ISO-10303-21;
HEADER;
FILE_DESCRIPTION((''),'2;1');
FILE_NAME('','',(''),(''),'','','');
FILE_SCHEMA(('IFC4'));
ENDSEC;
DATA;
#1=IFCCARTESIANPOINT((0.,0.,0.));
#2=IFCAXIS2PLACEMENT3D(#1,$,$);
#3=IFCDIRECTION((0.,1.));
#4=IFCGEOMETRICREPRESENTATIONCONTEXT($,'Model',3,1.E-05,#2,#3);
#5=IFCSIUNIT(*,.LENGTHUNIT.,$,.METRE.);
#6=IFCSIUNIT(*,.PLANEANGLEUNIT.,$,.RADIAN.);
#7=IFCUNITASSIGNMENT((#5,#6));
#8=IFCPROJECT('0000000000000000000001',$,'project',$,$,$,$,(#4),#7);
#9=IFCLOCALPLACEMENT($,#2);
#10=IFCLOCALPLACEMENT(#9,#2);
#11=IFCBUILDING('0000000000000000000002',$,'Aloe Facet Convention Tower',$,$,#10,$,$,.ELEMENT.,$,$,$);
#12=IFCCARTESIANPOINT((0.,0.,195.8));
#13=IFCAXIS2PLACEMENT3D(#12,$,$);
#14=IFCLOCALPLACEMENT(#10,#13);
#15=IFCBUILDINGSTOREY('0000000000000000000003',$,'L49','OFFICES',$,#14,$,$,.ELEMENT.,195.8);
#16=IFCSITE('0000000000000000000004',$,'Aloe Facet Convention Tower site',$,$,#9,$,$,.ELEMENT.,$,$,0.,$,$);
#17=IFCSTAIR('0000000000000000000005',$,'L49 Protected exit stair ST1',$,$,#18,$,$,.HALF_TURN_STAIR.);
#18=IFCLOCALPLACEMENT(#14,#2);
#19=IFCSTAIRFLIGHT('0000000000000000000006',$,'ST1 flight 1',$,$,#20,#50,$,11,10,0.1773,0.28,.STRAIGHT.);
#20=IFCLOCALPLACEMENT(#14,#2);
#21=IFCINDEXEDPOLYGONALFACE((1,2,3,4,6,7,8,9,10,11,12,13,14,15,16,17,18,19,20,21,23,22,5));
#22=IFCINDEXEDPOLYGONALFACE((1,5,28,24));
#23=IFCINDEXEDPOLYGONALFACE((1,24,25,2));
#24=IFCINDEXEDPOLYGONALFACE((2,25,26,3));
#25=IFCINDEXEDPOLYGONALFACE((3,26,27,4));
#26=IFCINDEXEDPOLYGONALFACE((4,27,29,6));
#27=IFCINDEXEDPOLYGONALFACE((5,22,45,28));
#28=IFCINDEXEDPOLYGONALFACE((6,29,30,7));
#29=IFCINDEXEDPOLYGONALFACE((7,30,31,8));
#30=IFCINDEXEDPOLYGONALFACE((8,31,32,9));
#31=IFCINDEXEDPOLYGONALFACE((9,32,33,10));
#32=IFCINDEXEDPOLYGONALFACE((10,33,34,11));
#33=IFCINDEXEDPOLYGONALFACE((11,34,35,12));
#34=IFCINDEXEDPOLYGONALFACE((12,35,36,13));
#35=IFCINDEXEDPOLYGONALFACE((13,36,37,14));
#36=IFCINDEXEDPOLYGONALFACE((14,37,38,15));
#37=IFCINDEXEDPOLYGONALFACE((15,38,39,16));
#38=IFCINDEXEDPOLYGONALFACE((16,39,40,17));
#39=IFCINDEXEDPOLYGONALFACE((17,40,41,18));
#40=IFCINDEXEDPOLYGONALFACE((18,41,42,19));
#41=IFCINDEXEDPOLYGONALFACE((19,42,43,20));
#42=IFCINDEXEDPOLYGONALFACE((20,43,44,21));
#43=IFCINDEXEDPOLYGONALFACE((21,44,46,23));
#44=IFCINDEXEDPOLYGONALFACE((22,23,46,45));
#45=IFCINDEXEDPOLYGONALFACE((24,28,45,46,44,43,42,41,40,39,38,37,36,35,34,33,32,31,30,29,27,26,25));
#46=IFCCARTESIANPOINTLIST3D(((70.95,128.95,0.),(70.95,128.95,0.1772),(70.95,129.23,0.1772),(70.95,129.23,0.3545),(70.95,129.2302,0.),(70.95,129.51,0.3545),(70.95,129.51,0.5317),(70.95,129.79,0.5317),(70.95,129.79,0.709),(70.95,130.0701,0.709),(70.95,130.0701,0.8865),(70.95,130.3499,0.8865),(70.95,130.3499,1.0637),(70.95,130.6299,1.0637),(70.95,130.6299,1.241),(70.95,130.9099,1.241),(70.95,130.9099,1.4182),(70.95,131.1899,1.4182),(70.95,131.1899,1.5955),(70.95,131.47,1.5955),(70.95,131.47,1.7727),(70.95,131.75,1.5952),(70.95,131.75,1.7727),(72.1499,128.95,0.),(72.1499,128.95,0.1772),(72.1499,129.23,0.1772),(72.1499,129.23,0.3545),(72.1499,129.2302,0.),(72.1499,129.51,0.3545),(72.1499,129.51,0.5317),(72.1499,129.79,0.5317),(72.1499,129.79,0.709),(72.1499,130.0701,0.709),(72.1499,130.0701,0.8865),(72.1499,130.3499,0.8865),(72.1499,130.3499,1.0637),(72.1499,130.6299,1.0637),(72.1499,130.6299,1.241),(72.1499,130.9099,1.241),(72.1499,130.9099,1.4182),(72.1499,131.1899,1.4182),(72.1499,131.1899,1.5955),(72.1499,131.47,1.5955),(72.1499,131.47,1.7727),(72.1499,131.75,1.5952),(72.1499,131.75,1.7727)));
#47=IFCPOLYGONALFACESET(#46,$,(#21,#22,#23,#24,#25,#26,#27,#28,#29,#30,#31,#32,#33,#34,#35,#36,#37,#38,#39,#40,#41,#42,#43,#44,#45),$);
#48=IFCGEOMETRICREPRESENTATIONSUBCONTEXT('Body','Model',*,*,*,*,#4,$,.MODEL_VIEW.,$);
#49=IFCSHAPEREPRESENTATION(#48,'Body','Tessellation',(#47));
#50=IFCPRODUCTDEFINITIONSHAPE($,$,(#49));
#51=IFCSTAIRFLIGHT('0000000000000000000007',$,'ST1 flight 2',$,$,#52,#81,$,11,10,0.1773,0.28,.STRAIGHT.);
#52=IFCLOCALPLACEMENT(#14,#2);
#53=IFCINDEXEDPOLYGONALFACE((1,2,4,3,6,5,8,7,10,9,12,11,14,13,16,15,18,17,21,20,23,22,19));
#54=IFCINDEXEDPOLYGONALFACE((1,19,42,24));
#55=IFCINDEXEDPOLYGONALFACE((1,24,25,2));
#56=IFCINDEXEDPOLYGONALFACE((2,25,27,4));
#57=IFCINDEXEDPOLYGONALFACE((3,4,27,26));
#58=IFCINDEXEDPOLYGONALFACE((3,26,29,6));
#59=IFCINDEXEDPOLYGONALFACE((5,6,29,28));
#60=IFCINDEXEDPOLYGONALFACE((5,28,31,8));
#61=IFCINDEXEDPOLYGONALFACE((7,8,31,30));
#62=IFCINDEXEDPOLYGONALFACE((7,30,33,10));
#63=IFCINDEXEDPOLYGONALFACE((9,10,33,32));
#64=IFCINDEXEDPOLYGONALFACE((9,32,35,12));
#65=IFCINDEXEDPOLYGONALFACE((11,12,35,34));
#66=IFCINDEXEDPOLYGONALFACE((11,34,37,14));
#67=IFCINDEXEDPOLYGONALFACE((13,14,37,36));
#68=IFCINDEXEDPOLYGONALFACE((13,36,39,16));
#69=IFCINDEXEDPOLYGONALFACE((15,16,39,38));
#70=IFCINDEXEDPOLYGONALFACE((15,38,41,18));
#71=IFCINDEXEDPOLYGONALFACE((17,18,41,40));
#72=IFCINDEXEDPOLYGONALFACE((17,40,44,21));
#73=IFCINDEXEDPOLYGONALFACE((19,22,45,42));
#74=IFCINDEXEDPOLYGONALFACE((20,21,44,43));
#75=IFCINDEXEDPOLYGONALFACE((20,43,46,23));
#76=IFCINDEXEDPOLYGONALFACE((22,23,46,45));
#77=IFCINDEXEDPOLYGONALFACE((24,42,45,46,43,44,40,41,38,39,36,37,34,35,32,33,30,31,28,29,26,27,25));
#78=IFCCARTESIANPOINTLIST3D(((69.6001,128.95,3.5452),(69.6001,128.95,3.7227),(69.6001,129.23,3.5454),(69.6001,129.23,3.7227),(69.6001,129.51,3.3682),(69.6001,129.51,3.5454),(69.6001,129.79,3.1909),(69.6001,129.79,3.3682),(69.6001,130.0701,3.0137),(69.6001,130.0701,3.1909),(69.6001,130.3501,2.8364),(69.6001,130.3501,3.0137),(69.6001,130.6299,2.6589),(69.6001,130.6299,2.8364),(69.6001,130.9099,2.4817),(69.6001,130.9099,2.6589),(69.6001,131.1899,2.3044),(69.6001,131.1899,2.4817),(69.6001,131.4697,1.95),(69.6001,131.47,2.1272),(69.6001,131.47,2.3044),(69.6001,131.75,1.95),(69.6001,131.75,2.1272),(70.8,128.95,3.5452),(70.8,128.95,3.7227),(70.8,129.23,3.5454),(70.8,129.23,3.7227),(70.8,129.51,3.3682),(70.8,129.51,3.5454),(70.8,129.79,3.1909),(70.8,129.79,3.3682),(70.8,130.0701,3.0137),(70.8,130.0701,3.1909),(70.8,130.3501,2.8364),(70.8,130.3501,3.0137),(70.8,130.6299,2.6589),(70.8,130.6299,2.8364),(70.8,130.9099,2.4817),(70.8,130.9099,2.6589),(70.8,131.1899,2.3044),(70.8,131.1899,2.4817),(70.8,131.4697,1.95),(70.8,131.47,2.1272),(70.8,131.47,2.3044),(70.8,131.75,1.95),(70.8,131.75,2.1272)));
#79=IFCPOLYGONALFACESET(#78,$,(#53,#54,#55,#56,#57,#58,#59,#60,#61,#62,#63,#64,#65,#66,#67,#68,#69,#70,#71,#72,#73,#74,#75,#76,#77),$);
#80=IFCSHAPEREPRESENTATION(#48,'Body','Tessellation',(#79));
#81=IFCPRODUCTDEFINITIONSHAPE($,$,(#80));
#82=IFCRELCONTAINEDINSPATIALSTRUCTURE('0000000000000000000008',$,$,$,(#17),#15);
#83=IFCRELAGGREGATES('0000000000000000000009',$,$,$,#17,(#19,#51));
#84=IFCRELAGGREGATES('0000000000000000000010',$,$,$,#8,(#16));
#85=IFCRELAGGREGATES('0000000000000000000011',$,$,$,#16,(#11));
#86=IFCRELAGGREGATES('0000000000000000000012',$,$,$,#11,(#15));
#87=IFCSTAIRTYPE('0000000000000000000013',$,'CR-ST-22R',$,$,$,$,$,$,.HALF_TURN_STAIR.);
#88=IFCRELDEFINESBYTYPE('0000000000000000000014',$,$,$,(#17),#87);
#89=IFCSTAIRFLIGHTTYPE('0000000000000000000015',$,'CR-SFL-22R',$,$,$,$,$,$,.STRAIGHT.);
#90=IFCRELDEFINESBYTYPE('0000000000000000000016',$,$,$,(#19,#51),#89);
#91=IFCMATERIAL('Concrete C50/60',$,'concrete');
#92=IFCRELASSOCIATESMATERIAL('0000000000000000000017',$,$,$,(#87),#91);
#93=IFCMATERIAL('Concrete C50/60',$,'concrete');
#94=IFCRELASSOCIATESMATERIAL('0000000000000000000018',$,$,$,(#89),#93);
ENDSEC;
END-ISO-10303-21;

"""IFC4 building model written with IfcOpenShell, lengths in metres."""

from ifc_helpers import new_model, si_unit, direction, frame, origin, place, context, subcontext, project, spatial, polyline, outline, extrude, material, type_object, element, aggregate, save


model = new_model("IFC4")

# Units and contexts
model_context = context("Model", 3, precision=1e-05, world=origin(), true_north=direction((0.0, 1.0)))
body_context = subcontext(model_context, "Body", "Model", "MODEL_VIEW")
ifc_project = project(units=[si_unit("LENGTHUNIT", "METRE"), si_unit("PLANEANGLEUNIT", "RADIAN")], contexts=[model_context])

# Site, building, storey
site_placement = place(None, origin())
site = spatial("IfcSite", under=ifc_project, at=site_placement, Name="Aloe Facet Convention Tower site", CompositionType="ELEMENT", RefElevation=0.0)
building_placement = place(site_placement, origin())
building = spatial("IfcBuilding", under=site, at=building_placement, Name="Aloe Facet Convention Tower", CompositionType="ELEMENT")
storey_placement = place(building_placement, frame((0.0, 0.0, 195.8)))
storey = spatial("IfcBuildingStorey", under=building, at=storey_placement, Name="L49", Description="OFFICES", CompositionType="ELEMENT", Elevation=195.8)

# Stair, stair flights
ifc_material_1 = material(Name="Concrete C50/60", Category="concrete")
stair_type = type_object("IfcStairType", Name="CR-ST-22R", PredefinedType="HALF_TURN_STAIR", material=ifc_material_1)
stair_placement = place(storey_placement, origin())
stair = element("IfcStair", 1, at=stair_placement, inside=storey, type_object=stair_type, Name="L49 Protected exit stair ST1", PredefinedType="HALF_TURN_STAIR")
ifc_material_2 = material(Name="Concrete C50/60", Category="concrete")
stair_flight_type = type_object("IfcStairFlightType", Name="CR-SFL-22R", PredefinedType="STRAIGHT", material=ifc_material_2)
stair_flight_1_placement = place(storey_placement, frame((71.55, 128.95, 0.0), z_axis=(0.0, 0.0, 1.0), x_axis=(0.0, 1.0, 0.0)))
stair_flight_1 = element("IfcStairFlight", 2, at=stair_flight_1_placement, type_object=stair_flight_type, Name="ST1 flight 1", NumberOfRisers=11, NumberOfTreads=10, PredefinedType="STRAIGHT", RiserHeight=0.1773, TreadLength=0.28, context=body_context, shape_type="SweptSolid", body=[
    extrude(outline(polyline([(0.0, 0.0), (0.0, 0.1772), (0.28, 0.1772), (0.28, 0.3545), (0.5601, 0.3545), (0.5601, 0.5317), (0.8401, 0.5317), (0.8401, 0.709), (1.1201, 0.709), (1.1201, 0.8865), (1.3999, 0.8865), (1.3999, 1.0637), (1.6799, 1.0637), (1.6799, 1.241), (1.96, 1.241), (1.96, 1.4182), (2.24, 1.4182), (2.24, 1.5955), (2.52, 1.5955), (2.52, 1.7727), (2.8, 1.7727), (2.8, 1.95), (2.8, 1.5952), (0.2803, 0.0), (0.0, 0.0)])), frame((0.0, 0.6001, 0.0), z_axis=(0.0, -1.0, 0.0), x_axis=(1.0, 0.0, 0.0)), (0.0, 0.0, 1.0), 1.2),
])
stair_flight_2_placement = place(storey_placement, frame((70.2, 131.75, 1.95), z_axis=(0.0, 0.0, 1.0), x_axis=(0.0, -1.0, 0.0)))
stair_flight_2 = element("IfcStairFlight", 3, at=stair_flight_2_placement, type_object=stair_flight_type, Name="ST1 flight 2", NumberOfRisers=11, NumberOfTreads=10, PredefinedType="STRAIGHT", RiserHeight=0.1773, TreadLength=0.28, context=body_context, shape_type="SweptSolid", body=[
    extrude(outline(polyline([(0.0, 0.0), (0.0, 0.1772), (0.28, 0.1772), (0.28, 0.3545), (0.5601, 0.3545), (0.5601, 0.5317), (0.8401, 0.5317), (0.8401, 0.709), (1.1201, 0.709), (1.1201, 0.8865), (1.3999, 0.8865), (1.3999, 1.0637), (1.6799, 1.0637), (1.6799, 1.241), (1.96, 1.241), (1.96, 1.4182), (2.24, 1.4182), (2.24, 1.5955), (2.52, 1.5955), (2.52, 1.7727), (2.8, 1.7727), (2.8, 1.95), (2.8, 1.5952), (0.2803, 0.0), (0.0, 0.0)])), frame((0.0, 0.6001, 0.0), z_axis=(0.0, -1.0, 0.0), x_axis=(1.0, 0.0, 0.0)), (0.0, 0.0, 1.0), 1.2),
])
aggregate(stair, [stair_flight_1, stair_flight_2])

save(model, "model.ifc")
